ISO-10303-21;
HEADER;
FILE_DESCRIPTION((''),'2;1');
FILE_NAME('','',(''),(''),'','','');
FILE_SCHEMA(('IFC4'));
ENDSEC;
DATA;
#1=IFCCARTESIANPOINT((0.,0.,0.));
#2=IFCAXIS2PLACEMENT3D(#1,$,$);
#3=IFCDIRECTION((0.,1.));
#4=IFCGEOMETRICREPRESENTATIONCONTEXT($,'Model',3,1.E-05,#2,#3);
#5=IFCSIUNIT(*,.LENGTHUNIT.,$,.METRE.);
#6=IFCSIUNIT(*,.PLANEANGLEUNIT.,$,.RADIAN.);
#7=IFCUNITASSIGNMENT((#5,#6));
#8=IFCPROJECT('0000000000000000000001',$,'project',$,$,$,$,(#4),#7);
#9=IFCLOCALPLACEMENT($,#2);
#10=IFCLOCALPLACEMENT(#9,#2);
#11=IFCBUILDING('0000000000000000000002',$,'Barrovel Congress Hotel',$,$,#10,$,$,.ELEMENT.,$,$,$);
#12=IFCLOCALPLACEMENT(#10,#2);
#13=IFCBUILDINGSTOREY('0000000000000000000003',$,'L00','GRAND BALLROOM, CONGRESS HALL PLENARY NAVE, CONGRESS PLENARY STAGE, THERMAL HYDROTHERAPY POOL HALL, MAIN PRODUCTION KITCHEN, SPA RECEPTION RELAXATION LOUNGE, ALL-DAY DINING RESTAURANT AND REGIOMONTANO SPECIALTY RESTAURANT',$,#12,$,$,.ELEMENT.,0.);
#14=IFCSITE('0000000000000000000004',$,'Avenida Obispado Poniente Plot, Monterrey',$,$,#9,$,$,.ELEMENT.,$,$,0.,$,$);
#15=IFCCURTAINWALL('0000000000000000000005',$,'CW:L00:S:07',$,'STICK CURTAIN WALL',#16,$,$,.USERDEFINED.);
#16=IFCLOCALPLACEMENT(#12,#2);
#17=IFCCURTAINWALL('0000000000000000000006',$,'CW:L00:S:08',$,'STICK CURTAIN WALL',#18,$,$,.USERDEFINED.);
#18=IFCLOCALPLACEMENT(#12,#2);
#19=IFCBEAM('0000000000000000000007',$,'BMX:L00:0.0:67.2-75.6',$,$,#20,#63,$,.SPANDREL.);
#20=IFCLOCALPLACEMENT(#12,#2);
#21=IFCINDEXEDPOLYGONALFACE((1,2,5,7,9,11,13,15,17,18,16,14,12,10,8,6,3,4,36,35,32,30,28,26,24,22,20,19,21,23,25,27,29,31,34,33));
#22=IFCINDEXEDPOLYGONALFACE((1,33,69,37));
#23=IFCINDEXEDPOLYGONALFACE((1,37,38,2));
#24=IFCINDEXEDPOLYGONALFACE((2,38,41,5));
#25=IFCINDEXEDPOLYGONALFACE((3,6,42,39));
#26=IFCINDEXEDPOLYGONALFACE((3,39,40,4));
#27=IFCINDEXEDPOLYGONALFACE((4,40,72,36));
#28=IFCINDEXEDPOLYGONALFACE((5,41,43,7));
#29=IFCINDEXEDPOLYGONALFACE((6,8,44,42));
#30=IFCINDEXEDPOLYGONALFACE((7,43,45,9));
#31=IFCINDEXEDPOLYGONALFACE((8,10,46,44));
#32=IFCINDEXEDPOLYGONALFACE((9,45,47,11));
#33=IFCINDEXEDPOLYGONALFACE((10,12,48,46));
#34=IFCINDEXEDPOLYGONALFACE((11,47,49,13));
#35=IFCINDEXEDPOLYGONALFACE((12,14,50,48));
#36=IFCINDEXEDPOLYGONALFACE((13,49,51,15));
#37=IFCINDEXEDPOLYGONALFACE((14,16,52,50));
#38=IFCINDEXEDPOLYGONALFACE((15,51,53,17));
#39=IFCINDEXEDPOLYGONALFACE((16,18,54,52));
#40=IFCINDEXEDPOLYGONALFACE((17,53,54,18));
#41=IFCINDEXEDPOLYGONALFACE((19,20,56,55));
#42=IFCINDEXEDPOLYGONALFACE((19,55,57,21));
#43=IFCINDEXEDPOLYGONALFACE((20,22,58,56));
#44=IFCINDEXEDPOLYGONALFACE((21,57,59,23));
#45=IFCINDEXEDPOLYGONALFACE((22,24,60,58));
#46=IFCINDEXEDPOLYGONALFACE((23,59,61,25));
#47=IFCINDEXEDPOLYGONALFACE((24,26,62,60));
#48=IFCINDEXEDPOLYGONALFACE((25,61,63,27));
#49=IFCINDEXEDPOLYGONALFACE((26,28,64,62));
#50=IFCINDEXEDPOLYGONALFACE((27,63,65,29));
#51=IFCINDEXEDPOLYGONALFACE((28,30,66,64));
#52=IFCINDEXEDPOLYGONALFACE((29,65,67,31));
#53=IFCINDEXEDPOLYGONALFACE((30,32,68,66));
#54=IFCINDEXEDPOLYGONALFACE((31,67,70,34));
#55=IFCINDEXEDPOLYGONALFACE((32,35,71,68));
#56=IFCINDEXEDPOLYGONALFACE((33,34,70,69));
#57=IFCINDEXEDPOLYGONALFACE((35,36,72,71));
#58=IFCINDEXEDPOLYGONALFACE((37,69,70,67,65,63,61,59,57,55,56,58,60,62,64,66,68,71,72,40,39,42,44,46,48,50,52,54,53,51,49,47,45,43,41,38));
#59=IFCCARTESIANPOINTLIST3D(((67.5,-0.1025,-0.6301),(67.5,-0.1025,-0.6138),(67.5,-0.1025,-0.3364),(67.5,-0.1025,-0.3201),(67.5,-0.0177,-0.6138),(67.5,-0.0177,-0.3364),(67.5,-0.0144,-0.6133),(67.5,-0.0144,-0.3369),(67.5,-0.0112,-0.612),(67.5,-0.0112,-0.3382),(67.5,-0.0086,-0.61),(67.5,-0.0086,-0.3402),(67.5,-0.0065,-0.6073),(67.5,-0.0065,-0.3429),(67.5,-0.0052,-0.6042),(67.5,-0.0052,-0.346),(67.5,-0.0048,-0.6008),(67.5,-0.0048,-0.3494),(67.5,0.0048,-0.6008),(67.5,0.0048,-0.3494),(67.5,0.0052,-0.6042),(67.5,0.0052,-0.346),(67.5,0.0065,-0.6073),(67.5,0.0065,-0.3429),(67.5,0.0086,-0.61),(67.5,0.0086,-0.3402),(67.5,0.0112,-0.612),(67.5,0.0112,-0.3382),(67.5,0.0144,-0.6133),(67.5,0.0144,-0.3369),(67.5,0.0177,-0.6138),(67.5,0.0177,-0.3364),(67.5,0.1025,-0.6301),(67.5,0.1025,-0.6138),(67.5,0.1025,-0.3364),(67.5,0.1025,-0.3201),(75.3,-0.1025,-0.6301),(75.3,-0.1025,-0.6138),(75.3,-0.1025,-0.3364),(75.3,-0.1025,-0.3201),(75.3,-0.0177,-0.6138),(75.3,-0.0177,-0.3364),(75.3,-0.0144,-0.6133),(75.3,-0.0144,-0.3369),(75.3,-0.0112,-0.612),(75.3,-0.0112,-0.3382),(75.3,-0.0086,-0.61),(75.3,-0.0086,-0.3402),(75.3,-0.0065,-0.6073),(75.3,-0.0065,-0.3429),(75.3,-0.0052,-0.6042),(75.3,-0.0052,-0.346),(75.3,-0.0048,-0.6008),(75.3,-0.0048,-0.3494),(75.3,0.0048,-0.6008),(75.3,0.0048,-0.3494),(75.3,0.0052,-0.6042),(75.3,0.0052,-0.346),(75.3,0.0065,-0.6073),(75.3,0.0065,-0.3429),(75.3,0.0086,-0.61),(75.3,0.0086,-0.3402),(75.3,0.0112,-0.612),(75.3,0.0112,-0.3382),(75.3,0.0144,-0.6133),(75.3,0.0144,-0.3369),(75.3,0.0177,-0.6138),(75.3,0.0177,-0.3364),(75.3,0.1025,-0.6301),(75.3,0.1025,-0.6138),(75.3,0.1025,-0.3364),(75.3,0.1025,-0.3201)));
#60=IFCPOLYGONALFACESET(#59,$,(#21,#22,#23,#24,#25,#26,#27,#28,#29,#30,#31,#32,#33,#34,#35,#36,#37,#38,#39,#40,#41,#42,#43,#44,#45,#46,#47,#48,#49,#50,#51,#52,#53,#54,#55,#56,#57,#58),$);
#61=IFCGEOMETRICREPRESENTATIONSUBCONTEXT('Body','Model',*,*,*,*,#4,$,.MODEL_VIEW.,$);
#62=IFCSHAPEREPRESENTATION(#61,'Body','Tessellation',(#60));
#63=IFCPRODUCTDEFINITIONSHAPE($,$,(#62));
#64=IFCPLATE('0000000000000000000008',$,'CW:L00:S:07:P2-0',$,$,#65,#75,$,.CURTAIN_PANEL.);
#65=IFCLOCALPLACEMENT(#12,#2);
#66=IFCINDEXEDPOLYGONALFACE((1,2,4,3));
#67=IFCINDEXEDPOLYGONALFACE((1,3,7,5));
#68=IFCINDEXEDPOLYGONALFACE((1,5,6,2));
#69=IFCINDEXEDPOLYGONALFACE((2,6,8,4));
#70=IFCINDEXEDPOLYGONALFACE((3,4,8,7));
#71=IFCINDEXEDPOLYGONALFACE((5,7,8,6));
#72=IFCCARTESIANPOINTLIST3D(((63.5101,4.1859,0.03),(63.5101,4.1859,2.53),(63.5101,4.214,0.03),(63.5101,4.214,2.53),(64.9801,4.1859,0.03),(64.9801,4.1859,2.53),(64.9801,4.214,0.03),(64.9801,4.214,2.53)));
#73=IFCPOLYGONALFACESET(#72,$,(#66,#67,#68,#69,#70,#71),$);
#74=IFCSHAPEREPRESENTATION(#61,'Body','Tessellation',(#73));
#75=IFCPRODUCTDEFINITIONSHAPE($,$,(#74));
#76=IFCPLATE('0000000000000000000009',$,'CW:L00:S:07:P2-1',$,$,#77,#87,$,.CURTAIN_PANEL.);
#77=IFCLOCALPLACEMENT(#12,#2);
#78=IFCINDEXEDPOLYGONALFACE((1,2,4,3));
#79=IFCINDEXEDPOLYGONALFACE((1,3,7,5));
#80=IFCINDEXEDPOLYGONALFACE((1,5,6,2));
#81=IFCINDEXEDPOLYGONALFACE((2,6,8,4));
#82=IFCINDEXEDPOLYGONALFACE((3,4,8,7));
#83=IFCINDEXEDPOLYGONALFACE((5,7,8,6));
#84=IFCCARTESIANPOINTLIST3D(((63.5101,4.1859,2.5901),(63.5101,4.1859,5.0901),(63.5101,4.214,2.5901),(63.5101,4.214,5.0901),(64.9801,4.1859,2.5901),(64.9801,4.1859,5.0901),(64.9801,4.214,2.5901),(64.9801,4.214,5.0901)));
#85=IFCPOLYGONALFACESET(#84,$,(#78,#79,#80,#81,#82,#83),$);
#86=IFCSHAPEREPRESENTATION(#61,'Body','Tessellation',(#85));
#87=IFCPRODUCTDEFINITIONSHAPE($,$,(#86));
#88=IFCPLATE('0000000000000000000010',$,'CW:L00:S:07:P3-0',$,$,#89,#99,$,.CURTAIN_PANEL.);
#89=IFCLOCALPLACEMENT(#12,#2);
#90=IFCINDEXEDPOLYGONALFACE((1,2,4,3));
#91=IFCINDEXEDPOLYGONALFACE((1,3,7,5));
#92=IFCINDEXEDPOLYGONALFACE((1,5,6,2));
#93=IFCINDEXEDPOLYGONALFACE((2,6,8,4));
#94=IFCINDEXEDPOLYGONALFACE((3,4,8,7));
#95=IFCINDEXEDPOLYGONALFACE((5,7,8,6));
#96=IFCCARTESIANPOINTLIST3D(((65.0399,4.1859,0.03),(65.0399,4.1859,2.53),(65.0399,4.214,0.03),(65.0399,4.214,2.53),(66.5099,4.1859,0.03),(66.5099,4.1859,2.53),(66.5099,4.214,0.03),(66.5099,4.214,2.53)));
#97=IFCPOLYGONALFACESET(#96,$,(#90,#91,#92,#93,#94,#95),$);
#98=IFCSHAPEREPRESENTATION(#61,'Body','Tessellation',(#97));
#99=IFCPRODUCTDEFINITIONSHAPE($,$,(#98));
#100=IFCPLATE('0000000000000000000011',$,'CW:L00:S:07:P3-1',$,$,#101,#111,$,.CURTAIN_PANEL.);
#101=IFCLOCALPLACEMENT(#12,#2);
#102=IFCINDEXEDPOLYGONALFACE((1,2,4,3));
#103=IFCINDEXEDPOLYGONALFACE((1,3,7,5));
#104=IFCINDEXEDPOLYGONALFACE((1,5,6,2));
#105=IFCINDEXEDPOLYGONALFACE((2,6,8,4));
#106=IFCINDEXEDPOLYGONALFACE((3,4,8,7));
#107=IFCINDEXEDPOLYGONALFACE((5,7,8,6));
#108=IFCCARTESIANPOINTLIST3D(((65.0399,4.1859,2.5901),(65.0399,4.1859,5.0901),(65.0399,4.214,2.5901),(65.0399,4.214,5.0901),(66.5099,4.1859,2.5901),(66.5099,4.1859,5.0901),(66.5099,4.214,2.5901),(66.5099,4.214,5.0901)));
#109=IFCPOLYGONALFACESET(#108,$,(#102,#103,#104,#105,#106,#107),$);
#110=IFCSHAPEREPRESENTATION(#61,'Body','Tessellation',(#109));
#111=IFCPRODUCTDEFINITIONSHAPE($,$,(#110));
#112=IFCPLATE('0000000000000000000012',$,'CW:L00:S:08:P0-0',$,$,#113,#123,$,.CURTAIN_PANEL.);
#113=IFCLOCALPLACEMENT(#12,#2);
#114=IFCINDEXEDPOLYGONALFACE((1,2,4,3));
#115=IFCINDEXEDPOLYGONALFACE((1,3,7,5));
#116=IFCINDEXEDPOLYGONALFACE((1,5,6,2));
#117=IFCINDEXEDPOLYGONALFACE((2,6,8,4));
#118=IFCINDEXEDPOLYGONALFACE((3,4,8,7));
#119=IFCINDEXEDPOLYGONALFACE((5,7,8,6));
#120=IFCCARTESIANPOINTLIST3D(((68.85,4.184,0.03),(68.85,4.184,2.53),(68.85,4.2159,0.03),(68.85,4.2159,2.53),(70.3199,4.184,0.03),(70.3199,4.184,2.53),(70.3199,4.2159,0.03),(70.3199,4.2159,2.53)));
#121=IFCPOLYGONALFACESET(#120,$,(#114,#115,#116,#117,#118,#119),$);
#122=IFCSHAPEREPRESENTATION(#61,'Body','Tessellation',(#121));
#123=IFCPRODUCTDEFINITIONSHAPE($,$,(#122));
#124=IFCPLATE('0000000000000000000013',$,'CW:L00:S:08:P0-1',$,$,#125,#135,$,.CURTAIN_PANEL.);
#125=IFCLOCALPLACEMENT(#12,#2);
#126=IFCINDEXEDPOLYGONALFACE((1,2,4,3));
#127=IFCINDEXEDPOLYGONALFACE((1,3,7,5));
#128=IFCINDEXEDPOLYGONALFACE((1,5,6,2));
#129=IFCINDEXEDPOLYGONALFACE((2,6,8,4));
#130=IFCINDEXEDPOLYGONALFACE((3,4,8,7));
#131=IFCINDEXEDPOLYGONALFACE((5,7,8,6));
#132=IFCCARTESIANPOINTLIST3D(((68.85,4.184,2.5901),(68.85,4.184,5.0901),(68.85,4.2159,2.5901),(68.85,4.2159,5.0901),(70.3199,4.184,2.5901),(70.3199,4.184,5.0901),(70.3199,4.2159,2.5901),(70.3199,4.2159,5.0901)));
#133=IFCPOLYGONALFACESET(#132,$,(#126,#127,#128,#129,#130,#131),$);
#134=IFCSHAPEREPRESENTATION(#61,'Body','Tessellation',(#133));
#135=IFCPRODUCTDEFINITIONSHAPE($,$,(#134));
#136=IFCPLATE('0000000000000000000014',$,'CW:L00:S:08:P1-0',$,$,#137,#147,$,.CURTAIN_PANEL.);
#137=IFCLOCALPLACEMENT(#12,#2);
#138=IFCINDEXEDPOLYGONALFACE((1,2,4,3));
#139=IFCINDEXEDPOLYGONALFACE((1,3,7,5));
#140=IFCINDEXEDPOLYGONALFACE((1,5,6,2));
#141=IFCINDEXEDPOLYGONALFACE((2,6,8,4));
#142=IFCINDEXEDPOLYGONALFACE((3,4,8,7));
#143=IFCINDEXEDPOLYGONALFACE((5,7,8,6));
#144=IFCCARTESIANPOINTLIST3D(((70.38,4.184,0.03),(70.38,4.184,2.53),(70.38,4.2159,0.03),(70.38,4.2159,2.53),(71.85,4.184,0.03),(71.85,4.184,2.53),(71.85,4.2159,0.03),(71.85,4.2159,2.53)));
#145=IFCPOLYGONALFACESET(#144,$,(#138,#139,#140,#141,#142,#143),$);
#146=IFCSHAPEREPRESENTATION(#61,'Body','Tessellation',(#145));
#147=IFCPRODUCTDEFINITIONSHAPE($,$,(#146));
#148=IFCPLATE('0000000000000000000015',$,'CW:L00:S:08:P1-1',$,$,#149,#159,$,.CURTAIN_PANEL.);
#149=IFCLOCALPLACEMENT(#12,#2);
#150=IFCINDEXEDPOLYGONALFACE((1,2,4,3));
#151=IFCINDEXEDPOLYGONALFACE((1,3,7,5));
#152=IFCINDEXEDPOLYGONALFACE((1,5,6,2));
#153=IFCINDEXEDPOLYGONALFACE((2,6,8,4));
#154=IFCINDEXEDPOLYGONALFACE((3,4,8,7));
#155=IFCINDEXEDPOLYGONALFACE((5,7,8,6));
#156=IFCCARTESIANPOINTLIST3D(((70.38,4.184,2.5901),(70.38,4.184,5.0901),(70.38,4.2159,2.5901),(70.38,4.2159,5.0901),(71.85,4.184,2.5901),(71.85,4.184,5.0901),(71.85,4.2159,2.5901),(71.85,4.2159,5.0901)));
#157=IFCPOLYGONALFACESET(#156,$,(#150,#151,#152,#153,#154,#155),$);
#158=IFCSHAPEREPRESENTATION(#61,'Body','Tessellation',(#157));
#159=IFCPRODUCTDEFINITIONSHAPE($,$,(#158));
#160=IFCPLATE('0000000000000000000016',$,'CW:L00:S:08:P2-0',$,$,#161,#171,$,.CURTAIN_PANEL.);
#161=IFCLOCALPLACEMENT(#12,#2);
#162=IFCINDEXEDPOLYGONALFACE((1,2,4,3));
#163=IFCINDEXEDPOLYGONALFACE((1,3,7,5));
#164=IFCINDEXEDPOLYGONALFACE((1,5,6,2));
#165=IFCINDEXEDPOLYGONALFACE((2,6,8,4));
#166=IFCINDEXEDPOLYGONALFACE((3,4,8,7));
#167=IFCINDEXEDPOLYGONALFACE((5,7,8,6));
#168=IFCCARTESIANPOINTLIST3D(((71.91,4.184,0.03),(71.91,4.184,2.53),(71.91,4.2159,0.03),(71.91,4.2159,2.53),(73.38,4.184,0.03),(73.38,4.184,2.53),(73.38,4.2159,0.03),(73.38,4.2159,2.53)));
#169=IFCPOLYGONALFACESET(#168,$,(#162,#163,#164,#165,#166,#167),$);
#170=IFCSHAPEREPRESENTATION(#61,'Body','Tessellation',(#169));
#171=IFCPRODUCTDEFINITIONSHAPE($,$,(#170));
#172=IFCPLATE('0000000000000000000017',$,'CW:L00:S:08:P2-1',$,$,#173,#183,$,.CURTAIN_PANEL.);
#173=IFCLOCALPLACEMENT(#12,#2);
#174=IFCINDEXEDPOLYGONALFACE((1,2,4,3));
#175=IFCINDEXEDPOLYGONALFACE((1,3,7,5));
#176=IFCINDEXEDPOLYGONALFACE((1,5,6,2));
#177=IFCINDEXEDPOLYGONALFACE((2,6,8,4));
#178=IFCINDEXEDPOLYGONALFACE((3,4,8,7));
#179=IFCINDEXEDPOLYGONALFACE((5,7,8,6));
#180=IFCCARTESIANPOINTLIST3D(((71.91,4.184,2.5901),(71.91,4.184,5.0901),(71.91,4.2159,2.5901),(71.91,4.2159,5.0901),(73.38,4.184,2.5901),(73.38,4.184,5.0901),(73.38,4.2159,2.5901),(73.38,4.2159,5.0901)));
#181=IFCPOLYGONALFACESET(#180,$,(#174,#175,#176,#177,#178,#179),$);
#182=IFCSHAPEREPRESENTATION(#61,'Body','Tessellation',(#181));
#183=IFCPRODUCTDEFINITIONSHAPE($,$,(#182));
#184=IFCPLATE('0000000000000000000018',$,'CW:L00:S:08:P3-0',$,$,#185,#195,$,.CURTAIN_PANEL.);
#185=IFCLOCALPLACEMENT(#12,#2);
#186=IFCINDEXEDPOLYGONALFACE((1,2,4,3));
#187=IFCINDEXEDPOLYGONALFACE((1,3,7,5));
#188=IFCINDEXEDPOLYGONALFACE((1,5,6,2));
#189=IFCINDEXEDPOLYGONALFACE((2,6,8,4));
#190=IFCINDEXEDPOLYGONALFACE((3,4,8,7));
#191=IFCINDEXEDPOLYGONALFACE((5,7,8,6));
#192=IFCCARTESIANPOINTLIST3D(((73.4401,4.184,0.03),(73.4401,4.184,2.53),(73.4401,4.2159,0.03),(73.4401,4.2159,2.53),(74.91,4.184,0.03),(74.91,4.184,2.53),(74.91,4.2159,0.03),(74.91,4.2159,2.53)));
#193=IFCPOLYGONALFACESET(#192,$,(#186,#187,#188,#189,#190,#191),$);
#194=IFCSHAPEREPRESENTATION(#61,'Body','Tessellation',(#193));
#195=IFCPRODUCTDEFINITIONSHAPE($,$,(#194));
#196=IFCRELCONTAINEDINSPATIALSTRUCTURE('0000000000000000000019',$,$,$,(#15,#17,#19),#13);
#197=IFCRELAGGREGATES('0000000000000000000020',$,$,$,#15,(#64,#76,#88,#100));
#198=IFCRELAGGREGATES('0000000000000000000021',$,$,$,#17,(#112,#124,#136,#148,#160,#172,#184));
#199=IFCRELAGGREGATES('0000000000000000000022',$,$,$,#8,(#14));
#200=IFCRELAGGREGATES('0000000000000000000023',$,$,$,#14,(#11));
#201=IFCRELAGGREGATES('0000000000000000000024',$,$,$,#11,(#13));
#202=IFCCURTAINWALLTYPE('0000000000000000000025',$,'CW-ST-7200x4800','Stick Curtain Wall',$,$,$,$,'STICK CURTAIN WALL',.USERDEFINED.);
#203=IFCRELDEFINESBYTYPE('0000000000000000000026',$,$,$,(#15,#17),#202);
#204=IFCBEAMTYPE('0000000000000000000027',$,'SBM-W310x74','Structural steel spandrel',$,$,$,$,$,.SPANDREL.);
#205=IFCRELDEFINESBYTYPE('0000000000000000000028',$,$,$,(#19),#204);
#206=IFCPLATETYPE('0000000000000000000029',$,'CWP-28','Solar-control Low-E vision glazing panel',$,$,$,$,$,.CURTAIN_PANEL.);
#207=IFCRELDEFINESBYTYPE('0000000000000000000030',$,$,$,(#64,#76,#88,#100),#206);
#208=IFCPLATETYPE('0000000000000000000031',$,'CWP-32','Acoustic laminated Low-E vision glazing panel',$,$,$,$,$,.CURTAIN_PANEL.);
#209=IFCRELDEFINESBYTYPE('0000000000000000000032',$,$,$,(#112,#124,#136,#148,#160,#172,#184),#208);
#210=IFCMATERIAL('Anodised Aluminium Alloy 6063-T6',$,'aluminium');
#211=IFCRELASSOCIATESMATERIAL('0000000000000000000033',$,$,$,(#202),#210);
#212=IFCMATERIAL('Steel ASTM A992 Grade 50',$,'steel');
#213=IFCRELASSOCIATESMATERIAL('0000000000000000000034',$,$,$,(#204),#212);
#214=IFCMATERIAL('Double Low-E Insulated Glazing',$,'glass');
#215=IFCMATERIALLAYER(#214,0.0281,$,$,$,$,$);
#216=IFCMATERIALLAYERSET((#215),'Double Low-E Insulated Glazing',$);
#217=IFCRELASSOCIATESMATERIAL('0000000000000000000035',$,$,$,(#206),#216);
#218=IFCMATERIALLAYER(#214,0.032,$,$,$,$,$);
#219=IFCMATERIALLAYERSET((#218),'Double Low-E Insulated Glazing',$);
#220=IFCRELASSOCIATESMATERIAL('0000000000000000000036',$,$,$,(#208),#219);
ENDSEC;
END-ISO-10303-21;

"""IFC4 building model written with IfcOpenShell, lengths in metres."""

from ifc_helpers import new_model, si_unit, direction, frame, origin, origin_2d, place, context, subcontext, project, spatial, rectangle, i_section, extrude, material, layer, layer_set, material_profile, profile_set, type_object, element, aggregate, save


model = new_model("IFC4")

# Units and contexts
model_context = context("Model", 3, precision=1e-05, world=origin(), true_north=direction((0.0, 1.0)))
body_context = subcontext(model_context, "Body", "Model", "MODEL_VIEW")
ifc_project = project(units=[si_unit("LENGTHUNIT", "METRE"), si_unit("PLANEANGLEUNIT", "RADIAN")], contexts=[model_context])

# Site, building, storey
site_placement = place(None, origin())
site = spatial("IfcSite", under=ifc_project, at=site_placement, Name="Avenida Obispado Poniente Plot, Monterrey", CompositionType="ELEMENT", RefElevation=0.0)
building_placement = place(site_placement, origin())
building = spatial("IfcBuilding", under=site, at=building_placement, Name="Barrovel Congress Hotel", CompositionType="ELEMENT")
storey_placement = place(building_placement, origin())
storey = spatial("IfcBuildingStorey", under=building, at=storey_placement, Name="L00", Description="GRAND BALLROOM, CONGRESS HALL PLENARY NAVE, CONGRESS PLENARY STAGE, THERMAL HYDROTHERAPY POOL HALL, MAIN PRODUCTION KITCHEN, SPA RECEPTION RELAXATION LOUNGE, ALL-DAY DINING RESTAURANT AND REGIOMONTANO SPECIALTY RESTAURANT", CompositionType="ELEMENT", Elevation=0.0)

# Curtain walls
ifc_material_1 = material(Name="Anodised Aluminium Alloy 6063-T6", Category="aluminium")
curtain_wall_type = type_object("IfcCurtainWallType", Name="CW-ST-7200x4800", Description="Stick Curtain Wall", ElementType="STICK CURTAIN WALL", PredefinedType="USERDEFINED", material=ifc_material_1)
curtain_wall_1_placement = place(storey_placement, origin())
curtain_wall_1 = element("IfcCurtainWall", 1, at=curtain_wall_1_placement, inside=storey, type_object=curtain_wall_type, Name="CW:L00:S:07", ObjectType="STICK CURTAIN WALL", PredefinedType="USERDEFINED")
curtain_wall_2_placement = place(storey_placement, origin())
curtain_wall_2 = element("IfcCurtainWall", 2, at=curtain_wall_2_placement, inside=storey, type_object=curtain_wall_type, Name="CW:L00:S:08", ObjectType="STICK CURTAIN WALL", PredefinedType="USERDEFINED")

# Beam
ifc_material_2 = material(Name="Steel ASTM A992 Grade 50", Category="steel")
ifc_material_profile_1 = material_profile(ifc_material_2, i_section(OverallWidth=0.2051, OverallDepth=0.3101, WebThickness=0.0095, FlangeThickness=0.0164, FilletRadius=0.0129, at=origin_2d()), Name="W310x74")
ifc_profile_set_1 = profile_set([ifc_material_profile_1], Name="Steel ASTM A992 Grade 50")
beam_type_1 = type_object("IfcBeamType", Name="SBM-W310x74", Description="Structural steel spandrel", PredefinedType="SPANDREL", material=ifc_profile_set_1)
beam_1_placement = place(storey_placement, frame((67.5, 0.0, -0.4751), z_axis=(1.0, 0.0, 0.0), x_axis=(0.0, 1.0, 0.0)))
element("IfcBeam", 3, at=beam_1_placement, inside=storey, type_object=beam_type_1, Name="BMX:L00:0.0:67.2-75.6", PredefinedType="SPANDREL", context=body_context, shape_type="SweptSolid", body=[
    extrude(i_section(OverallWidth=0.2051, OverallDepth=0.3101, WebThickness=0.0095, FlangeThickness=0.0164, FilletRadius=0.0129, at=origin_2d()), origin(), (0.0, 0.0, 1.0), 7.8),
])

# Plates
ifc_material_3 = material(Name="Double Low-E Insulated Glazing", Category="glass")
ifc_layer_1 = layer(ifc_material_3, 0.0281)
ifc_layer_set_1 = layer_set([ifc_layer_1], Name="Double Low-E Insulated Glazing")
plate_type_1 = type_object("IfcPlateType", Name="CWP-28", Description="Solar-control Low-E vision glazing panel", PredefinedType="CURTAIN_PANEL", material=ifc_layer_set_1)
plate_1_placement = place(storey_placement, frame((64.2451, 4.2, 0.03), z_axis=(0.0, 0.0, 1.0), x_axis=(1.0, 0.0, 0.0)))
plate_1 = element("IfcPlate", 4, at=plate_1_placement, type_object=plate_type_1, Name="CW:L00:S:07:P2-0", PredefinedType="CURTAIN_PANEL", context=body_context, shape_type="SweptSolid", body=[
    extrude(rectangle(XDim=1.47, YDim=0.0281, at=origin_2d()), origin(), (0.0, 0.0, 1.0), 2.5),
])
plate_2_placement = place(storey_placement, frame((64.2451, 4.2, 2.5901), z_axis=(0.0, 0.0, 1.0), x_axis=(1.0, 0.0, 0.0)))
plate_2 = element("IfcPlate", 5, at=plate_2_placement, type_object=plate_type_1, Name="CW:L00:S:07:P2-1", PredefinedType="CURTAIN_PANEL", context=body_context, shape_type="SweptSolid", body=[
    extrude(rectangle(XDim=1.47, YDim=0.0281, at=origin_2d()), origin(), (0.0, 0.0, 1.0), 2.5),
])
plate_3_placement = place(storey_placement, frame((65.7749, 4.2, 0.03), z_axis=(0.0, 0.0, 1.0), x_axis=(1.0, 0.0, 0.0)))
plate_3 = element("IfcPlate", 6, at=plate_3_placement, type_object=plate_type_1, Name="CW:L00:S:07:P3-0", PredefinedType="CURTAIN_PANEL", context=body_context, shape_type="SweptSolid", body=[
    extrude(rectangle(XDim=1.47, YDim=0.0281, at=origin_2d()), origin(), (0.0, 0.0, 1.0), 2.5),
])
plate_4_placement = place(storey_placement, frame((65.7749, 4.2, 2.5901), z_axis=(0.0, 0.0, 1.0), x_axis=(1.0, 0.0, 0.0)))
plate_4 = element("IfcPlate", 7, at=plate_4_placement, type_object=plate_type_1, Name="CW:L00:S:07:P3-1", PredefinedType="CURTAIN_PANEL", context=body_context, shape_type="SweptSolid", body=[
    extrude(rectangle(XDim=1.47, YDim=0.0281, at=origin_2d()), origin(), (0.0, 0.0, 1.0), 2.5),
])
aggregate(curtain_wall_1, [plate_1, plate_2, plate_3, plate_4])
ifc_layer_2 = layer(ifc_material_3, 0.032)
ifc_layer_set_2 = layer_set([ifc_layer_2], Name="Double Low-E Insulated Glazing")
plate_type_2 = type_object("IfcPlateType", Name="CWP-32", Description="Acoustic laminated Low-E vision glazing panel", PredefinedType="CURTAIN_PANEL", material=ifc_layer_set_2)
plate_5_placement = place(storey_placement, frame((69.585, 4.2, 0.03), z_axis=(0.0, 0.0, 1.0), x_axis=(1.0, 0.0, 0.0)))
plate_5 = element("IfcPlate", 8, at=plate_5_placement, type_object=plate_type_2, Name="CW:L00:S:08:P0-0", PredefinedType="CURTAIN_PANEL", context=body_context, shape_type="SweptSolid", body=[
    extrude(rectangle(XDim=1.47, YDim=0.032, at=origin_2d()), origin(), (0.0, 0.0, 1.0), 2.5),
])
plate_6_placement = place(storey_placement, frame((69.585, 4.2, 2.5901), z_axis=(0.0, 0.0, 1.0), x_axis=(1.0, 0.0, 0.0)))
plate_6 = element("IfcPlate", 9, at=plate_6_placement, type_object=plate_type_2, Name="CW:L00:S:08:P0-1", PredefinedType="CURTAIN_PANEL", context=body_context, shape_type="SweptSolid", body=[
    extrude(rectangle(XDim=1.47, YDim=0.032, at=origin_2d()), origin(), (0.0, 0.0, 1.0), 2.5),
])
plate_7_placement = place(storey_placement, frame((71.115, 4.2, 0.03), z_axis=(0.0, 0.0, 1.0), x_axis=(1.0, 0.0, 0.0)))
plate_7 = element("IfcPlate", 10, at=plate_7_placement, type_object=plate_type_2, Name="CW:L00:S:08:P1-0", PredefinedType="CURTAIN_PANEL", context=body_context, shape_type="SweptSolid", body=[
    extrude(rectangle(XDim=1.47, YDim=0.032, at=origin_2d()), origin(), (0.0, 0.0, 1.0), 2.5),
])
plate_8_placement = place(storey_placement, frame((71.115, 4.2, 2.5901), z_axis=(0.0, 0.0, 1.0), x_axis=(1.0, 0.0, 0.0)))
plate_8 = element("IfcPlate", 11, at=plate_8_placement, type_object=plate_type_2, Name="CW:L00:S:08:P1-1", PredefinedType="CURTAIN_PANEL", context=body_context, shape_type="SweptSolid", body=[
    extrude(rectangle(XDim=1.47, YDim=0.032, at=origin_2d()), origin(), (0.0, 0.0, 1.0), 2.5),
])
plate_9_placement = place(storey_placement, frame((72.645, 4.2, 0.03), z_axis=(0.0, 0.0, 1.0), x_axis=(1.0, 0.0, 0.0)))
plate_9 = element("IfcPlate", 12, at=plate_9_placement, type_object=plate_type_2, Name="CW:L00:S:08:P2-0", PredefinedType="CURTAIN_PANEL", context=body_context, shape_type="SweptSolid", body=[
    extrude(rectangle(XDim=1.47, YDim=0.032, at=origin_2d()), origin(), (0.0, 0.0, 1.0), 2.5),
])
plate_10_placement = place(storey_placement, frame((72.645, 4.2, 2.5901), z_axis=(0.0, 0.0, 1.0), x_axis=(1.0, 0.0, 0.0)))
plate_10 = element("IfcPlate", 13, at=plate_10_placement, type_object=plate_type_2, Name="CW:L00:S:08:P2-1", PredefinedType="CURTAIN_PANEL", context=body_context, shape_type="SweptSolid", body=[
    extrude(rectangle(XDim=1.47, YDim=0.032, at=origin_2d()), origin(), (0.0, 0.0, 1.0), 2.5),
])
plate_11_placement = place(storey_placement, frame((74.175, 4.2, 0.03), z_axis=(0.0, 0.0, 1.0), x_axis=(1.0, 0.0, 0.0)))
plate_11 = element("IfcPlate", 14, at=plate_11_placement, type_object=plate_type_2, Name="CW:L00:S:08:P3-0", PredefinedType="CURTAIN_PANEL", context=body_context, shape_type="SweptSolid", body=[
    extrude(rectangle(XDim=1.47, YDim=0.032, at=origin_2d()), origin(), (0.0, 0.0, 1.0), 2.5),
])
aggregate(curtain_wall_2, [plate_5, plate_6, plate_7, plate_8, plate_9, plate_10, plate_11])

save(model, "model.ifc")
